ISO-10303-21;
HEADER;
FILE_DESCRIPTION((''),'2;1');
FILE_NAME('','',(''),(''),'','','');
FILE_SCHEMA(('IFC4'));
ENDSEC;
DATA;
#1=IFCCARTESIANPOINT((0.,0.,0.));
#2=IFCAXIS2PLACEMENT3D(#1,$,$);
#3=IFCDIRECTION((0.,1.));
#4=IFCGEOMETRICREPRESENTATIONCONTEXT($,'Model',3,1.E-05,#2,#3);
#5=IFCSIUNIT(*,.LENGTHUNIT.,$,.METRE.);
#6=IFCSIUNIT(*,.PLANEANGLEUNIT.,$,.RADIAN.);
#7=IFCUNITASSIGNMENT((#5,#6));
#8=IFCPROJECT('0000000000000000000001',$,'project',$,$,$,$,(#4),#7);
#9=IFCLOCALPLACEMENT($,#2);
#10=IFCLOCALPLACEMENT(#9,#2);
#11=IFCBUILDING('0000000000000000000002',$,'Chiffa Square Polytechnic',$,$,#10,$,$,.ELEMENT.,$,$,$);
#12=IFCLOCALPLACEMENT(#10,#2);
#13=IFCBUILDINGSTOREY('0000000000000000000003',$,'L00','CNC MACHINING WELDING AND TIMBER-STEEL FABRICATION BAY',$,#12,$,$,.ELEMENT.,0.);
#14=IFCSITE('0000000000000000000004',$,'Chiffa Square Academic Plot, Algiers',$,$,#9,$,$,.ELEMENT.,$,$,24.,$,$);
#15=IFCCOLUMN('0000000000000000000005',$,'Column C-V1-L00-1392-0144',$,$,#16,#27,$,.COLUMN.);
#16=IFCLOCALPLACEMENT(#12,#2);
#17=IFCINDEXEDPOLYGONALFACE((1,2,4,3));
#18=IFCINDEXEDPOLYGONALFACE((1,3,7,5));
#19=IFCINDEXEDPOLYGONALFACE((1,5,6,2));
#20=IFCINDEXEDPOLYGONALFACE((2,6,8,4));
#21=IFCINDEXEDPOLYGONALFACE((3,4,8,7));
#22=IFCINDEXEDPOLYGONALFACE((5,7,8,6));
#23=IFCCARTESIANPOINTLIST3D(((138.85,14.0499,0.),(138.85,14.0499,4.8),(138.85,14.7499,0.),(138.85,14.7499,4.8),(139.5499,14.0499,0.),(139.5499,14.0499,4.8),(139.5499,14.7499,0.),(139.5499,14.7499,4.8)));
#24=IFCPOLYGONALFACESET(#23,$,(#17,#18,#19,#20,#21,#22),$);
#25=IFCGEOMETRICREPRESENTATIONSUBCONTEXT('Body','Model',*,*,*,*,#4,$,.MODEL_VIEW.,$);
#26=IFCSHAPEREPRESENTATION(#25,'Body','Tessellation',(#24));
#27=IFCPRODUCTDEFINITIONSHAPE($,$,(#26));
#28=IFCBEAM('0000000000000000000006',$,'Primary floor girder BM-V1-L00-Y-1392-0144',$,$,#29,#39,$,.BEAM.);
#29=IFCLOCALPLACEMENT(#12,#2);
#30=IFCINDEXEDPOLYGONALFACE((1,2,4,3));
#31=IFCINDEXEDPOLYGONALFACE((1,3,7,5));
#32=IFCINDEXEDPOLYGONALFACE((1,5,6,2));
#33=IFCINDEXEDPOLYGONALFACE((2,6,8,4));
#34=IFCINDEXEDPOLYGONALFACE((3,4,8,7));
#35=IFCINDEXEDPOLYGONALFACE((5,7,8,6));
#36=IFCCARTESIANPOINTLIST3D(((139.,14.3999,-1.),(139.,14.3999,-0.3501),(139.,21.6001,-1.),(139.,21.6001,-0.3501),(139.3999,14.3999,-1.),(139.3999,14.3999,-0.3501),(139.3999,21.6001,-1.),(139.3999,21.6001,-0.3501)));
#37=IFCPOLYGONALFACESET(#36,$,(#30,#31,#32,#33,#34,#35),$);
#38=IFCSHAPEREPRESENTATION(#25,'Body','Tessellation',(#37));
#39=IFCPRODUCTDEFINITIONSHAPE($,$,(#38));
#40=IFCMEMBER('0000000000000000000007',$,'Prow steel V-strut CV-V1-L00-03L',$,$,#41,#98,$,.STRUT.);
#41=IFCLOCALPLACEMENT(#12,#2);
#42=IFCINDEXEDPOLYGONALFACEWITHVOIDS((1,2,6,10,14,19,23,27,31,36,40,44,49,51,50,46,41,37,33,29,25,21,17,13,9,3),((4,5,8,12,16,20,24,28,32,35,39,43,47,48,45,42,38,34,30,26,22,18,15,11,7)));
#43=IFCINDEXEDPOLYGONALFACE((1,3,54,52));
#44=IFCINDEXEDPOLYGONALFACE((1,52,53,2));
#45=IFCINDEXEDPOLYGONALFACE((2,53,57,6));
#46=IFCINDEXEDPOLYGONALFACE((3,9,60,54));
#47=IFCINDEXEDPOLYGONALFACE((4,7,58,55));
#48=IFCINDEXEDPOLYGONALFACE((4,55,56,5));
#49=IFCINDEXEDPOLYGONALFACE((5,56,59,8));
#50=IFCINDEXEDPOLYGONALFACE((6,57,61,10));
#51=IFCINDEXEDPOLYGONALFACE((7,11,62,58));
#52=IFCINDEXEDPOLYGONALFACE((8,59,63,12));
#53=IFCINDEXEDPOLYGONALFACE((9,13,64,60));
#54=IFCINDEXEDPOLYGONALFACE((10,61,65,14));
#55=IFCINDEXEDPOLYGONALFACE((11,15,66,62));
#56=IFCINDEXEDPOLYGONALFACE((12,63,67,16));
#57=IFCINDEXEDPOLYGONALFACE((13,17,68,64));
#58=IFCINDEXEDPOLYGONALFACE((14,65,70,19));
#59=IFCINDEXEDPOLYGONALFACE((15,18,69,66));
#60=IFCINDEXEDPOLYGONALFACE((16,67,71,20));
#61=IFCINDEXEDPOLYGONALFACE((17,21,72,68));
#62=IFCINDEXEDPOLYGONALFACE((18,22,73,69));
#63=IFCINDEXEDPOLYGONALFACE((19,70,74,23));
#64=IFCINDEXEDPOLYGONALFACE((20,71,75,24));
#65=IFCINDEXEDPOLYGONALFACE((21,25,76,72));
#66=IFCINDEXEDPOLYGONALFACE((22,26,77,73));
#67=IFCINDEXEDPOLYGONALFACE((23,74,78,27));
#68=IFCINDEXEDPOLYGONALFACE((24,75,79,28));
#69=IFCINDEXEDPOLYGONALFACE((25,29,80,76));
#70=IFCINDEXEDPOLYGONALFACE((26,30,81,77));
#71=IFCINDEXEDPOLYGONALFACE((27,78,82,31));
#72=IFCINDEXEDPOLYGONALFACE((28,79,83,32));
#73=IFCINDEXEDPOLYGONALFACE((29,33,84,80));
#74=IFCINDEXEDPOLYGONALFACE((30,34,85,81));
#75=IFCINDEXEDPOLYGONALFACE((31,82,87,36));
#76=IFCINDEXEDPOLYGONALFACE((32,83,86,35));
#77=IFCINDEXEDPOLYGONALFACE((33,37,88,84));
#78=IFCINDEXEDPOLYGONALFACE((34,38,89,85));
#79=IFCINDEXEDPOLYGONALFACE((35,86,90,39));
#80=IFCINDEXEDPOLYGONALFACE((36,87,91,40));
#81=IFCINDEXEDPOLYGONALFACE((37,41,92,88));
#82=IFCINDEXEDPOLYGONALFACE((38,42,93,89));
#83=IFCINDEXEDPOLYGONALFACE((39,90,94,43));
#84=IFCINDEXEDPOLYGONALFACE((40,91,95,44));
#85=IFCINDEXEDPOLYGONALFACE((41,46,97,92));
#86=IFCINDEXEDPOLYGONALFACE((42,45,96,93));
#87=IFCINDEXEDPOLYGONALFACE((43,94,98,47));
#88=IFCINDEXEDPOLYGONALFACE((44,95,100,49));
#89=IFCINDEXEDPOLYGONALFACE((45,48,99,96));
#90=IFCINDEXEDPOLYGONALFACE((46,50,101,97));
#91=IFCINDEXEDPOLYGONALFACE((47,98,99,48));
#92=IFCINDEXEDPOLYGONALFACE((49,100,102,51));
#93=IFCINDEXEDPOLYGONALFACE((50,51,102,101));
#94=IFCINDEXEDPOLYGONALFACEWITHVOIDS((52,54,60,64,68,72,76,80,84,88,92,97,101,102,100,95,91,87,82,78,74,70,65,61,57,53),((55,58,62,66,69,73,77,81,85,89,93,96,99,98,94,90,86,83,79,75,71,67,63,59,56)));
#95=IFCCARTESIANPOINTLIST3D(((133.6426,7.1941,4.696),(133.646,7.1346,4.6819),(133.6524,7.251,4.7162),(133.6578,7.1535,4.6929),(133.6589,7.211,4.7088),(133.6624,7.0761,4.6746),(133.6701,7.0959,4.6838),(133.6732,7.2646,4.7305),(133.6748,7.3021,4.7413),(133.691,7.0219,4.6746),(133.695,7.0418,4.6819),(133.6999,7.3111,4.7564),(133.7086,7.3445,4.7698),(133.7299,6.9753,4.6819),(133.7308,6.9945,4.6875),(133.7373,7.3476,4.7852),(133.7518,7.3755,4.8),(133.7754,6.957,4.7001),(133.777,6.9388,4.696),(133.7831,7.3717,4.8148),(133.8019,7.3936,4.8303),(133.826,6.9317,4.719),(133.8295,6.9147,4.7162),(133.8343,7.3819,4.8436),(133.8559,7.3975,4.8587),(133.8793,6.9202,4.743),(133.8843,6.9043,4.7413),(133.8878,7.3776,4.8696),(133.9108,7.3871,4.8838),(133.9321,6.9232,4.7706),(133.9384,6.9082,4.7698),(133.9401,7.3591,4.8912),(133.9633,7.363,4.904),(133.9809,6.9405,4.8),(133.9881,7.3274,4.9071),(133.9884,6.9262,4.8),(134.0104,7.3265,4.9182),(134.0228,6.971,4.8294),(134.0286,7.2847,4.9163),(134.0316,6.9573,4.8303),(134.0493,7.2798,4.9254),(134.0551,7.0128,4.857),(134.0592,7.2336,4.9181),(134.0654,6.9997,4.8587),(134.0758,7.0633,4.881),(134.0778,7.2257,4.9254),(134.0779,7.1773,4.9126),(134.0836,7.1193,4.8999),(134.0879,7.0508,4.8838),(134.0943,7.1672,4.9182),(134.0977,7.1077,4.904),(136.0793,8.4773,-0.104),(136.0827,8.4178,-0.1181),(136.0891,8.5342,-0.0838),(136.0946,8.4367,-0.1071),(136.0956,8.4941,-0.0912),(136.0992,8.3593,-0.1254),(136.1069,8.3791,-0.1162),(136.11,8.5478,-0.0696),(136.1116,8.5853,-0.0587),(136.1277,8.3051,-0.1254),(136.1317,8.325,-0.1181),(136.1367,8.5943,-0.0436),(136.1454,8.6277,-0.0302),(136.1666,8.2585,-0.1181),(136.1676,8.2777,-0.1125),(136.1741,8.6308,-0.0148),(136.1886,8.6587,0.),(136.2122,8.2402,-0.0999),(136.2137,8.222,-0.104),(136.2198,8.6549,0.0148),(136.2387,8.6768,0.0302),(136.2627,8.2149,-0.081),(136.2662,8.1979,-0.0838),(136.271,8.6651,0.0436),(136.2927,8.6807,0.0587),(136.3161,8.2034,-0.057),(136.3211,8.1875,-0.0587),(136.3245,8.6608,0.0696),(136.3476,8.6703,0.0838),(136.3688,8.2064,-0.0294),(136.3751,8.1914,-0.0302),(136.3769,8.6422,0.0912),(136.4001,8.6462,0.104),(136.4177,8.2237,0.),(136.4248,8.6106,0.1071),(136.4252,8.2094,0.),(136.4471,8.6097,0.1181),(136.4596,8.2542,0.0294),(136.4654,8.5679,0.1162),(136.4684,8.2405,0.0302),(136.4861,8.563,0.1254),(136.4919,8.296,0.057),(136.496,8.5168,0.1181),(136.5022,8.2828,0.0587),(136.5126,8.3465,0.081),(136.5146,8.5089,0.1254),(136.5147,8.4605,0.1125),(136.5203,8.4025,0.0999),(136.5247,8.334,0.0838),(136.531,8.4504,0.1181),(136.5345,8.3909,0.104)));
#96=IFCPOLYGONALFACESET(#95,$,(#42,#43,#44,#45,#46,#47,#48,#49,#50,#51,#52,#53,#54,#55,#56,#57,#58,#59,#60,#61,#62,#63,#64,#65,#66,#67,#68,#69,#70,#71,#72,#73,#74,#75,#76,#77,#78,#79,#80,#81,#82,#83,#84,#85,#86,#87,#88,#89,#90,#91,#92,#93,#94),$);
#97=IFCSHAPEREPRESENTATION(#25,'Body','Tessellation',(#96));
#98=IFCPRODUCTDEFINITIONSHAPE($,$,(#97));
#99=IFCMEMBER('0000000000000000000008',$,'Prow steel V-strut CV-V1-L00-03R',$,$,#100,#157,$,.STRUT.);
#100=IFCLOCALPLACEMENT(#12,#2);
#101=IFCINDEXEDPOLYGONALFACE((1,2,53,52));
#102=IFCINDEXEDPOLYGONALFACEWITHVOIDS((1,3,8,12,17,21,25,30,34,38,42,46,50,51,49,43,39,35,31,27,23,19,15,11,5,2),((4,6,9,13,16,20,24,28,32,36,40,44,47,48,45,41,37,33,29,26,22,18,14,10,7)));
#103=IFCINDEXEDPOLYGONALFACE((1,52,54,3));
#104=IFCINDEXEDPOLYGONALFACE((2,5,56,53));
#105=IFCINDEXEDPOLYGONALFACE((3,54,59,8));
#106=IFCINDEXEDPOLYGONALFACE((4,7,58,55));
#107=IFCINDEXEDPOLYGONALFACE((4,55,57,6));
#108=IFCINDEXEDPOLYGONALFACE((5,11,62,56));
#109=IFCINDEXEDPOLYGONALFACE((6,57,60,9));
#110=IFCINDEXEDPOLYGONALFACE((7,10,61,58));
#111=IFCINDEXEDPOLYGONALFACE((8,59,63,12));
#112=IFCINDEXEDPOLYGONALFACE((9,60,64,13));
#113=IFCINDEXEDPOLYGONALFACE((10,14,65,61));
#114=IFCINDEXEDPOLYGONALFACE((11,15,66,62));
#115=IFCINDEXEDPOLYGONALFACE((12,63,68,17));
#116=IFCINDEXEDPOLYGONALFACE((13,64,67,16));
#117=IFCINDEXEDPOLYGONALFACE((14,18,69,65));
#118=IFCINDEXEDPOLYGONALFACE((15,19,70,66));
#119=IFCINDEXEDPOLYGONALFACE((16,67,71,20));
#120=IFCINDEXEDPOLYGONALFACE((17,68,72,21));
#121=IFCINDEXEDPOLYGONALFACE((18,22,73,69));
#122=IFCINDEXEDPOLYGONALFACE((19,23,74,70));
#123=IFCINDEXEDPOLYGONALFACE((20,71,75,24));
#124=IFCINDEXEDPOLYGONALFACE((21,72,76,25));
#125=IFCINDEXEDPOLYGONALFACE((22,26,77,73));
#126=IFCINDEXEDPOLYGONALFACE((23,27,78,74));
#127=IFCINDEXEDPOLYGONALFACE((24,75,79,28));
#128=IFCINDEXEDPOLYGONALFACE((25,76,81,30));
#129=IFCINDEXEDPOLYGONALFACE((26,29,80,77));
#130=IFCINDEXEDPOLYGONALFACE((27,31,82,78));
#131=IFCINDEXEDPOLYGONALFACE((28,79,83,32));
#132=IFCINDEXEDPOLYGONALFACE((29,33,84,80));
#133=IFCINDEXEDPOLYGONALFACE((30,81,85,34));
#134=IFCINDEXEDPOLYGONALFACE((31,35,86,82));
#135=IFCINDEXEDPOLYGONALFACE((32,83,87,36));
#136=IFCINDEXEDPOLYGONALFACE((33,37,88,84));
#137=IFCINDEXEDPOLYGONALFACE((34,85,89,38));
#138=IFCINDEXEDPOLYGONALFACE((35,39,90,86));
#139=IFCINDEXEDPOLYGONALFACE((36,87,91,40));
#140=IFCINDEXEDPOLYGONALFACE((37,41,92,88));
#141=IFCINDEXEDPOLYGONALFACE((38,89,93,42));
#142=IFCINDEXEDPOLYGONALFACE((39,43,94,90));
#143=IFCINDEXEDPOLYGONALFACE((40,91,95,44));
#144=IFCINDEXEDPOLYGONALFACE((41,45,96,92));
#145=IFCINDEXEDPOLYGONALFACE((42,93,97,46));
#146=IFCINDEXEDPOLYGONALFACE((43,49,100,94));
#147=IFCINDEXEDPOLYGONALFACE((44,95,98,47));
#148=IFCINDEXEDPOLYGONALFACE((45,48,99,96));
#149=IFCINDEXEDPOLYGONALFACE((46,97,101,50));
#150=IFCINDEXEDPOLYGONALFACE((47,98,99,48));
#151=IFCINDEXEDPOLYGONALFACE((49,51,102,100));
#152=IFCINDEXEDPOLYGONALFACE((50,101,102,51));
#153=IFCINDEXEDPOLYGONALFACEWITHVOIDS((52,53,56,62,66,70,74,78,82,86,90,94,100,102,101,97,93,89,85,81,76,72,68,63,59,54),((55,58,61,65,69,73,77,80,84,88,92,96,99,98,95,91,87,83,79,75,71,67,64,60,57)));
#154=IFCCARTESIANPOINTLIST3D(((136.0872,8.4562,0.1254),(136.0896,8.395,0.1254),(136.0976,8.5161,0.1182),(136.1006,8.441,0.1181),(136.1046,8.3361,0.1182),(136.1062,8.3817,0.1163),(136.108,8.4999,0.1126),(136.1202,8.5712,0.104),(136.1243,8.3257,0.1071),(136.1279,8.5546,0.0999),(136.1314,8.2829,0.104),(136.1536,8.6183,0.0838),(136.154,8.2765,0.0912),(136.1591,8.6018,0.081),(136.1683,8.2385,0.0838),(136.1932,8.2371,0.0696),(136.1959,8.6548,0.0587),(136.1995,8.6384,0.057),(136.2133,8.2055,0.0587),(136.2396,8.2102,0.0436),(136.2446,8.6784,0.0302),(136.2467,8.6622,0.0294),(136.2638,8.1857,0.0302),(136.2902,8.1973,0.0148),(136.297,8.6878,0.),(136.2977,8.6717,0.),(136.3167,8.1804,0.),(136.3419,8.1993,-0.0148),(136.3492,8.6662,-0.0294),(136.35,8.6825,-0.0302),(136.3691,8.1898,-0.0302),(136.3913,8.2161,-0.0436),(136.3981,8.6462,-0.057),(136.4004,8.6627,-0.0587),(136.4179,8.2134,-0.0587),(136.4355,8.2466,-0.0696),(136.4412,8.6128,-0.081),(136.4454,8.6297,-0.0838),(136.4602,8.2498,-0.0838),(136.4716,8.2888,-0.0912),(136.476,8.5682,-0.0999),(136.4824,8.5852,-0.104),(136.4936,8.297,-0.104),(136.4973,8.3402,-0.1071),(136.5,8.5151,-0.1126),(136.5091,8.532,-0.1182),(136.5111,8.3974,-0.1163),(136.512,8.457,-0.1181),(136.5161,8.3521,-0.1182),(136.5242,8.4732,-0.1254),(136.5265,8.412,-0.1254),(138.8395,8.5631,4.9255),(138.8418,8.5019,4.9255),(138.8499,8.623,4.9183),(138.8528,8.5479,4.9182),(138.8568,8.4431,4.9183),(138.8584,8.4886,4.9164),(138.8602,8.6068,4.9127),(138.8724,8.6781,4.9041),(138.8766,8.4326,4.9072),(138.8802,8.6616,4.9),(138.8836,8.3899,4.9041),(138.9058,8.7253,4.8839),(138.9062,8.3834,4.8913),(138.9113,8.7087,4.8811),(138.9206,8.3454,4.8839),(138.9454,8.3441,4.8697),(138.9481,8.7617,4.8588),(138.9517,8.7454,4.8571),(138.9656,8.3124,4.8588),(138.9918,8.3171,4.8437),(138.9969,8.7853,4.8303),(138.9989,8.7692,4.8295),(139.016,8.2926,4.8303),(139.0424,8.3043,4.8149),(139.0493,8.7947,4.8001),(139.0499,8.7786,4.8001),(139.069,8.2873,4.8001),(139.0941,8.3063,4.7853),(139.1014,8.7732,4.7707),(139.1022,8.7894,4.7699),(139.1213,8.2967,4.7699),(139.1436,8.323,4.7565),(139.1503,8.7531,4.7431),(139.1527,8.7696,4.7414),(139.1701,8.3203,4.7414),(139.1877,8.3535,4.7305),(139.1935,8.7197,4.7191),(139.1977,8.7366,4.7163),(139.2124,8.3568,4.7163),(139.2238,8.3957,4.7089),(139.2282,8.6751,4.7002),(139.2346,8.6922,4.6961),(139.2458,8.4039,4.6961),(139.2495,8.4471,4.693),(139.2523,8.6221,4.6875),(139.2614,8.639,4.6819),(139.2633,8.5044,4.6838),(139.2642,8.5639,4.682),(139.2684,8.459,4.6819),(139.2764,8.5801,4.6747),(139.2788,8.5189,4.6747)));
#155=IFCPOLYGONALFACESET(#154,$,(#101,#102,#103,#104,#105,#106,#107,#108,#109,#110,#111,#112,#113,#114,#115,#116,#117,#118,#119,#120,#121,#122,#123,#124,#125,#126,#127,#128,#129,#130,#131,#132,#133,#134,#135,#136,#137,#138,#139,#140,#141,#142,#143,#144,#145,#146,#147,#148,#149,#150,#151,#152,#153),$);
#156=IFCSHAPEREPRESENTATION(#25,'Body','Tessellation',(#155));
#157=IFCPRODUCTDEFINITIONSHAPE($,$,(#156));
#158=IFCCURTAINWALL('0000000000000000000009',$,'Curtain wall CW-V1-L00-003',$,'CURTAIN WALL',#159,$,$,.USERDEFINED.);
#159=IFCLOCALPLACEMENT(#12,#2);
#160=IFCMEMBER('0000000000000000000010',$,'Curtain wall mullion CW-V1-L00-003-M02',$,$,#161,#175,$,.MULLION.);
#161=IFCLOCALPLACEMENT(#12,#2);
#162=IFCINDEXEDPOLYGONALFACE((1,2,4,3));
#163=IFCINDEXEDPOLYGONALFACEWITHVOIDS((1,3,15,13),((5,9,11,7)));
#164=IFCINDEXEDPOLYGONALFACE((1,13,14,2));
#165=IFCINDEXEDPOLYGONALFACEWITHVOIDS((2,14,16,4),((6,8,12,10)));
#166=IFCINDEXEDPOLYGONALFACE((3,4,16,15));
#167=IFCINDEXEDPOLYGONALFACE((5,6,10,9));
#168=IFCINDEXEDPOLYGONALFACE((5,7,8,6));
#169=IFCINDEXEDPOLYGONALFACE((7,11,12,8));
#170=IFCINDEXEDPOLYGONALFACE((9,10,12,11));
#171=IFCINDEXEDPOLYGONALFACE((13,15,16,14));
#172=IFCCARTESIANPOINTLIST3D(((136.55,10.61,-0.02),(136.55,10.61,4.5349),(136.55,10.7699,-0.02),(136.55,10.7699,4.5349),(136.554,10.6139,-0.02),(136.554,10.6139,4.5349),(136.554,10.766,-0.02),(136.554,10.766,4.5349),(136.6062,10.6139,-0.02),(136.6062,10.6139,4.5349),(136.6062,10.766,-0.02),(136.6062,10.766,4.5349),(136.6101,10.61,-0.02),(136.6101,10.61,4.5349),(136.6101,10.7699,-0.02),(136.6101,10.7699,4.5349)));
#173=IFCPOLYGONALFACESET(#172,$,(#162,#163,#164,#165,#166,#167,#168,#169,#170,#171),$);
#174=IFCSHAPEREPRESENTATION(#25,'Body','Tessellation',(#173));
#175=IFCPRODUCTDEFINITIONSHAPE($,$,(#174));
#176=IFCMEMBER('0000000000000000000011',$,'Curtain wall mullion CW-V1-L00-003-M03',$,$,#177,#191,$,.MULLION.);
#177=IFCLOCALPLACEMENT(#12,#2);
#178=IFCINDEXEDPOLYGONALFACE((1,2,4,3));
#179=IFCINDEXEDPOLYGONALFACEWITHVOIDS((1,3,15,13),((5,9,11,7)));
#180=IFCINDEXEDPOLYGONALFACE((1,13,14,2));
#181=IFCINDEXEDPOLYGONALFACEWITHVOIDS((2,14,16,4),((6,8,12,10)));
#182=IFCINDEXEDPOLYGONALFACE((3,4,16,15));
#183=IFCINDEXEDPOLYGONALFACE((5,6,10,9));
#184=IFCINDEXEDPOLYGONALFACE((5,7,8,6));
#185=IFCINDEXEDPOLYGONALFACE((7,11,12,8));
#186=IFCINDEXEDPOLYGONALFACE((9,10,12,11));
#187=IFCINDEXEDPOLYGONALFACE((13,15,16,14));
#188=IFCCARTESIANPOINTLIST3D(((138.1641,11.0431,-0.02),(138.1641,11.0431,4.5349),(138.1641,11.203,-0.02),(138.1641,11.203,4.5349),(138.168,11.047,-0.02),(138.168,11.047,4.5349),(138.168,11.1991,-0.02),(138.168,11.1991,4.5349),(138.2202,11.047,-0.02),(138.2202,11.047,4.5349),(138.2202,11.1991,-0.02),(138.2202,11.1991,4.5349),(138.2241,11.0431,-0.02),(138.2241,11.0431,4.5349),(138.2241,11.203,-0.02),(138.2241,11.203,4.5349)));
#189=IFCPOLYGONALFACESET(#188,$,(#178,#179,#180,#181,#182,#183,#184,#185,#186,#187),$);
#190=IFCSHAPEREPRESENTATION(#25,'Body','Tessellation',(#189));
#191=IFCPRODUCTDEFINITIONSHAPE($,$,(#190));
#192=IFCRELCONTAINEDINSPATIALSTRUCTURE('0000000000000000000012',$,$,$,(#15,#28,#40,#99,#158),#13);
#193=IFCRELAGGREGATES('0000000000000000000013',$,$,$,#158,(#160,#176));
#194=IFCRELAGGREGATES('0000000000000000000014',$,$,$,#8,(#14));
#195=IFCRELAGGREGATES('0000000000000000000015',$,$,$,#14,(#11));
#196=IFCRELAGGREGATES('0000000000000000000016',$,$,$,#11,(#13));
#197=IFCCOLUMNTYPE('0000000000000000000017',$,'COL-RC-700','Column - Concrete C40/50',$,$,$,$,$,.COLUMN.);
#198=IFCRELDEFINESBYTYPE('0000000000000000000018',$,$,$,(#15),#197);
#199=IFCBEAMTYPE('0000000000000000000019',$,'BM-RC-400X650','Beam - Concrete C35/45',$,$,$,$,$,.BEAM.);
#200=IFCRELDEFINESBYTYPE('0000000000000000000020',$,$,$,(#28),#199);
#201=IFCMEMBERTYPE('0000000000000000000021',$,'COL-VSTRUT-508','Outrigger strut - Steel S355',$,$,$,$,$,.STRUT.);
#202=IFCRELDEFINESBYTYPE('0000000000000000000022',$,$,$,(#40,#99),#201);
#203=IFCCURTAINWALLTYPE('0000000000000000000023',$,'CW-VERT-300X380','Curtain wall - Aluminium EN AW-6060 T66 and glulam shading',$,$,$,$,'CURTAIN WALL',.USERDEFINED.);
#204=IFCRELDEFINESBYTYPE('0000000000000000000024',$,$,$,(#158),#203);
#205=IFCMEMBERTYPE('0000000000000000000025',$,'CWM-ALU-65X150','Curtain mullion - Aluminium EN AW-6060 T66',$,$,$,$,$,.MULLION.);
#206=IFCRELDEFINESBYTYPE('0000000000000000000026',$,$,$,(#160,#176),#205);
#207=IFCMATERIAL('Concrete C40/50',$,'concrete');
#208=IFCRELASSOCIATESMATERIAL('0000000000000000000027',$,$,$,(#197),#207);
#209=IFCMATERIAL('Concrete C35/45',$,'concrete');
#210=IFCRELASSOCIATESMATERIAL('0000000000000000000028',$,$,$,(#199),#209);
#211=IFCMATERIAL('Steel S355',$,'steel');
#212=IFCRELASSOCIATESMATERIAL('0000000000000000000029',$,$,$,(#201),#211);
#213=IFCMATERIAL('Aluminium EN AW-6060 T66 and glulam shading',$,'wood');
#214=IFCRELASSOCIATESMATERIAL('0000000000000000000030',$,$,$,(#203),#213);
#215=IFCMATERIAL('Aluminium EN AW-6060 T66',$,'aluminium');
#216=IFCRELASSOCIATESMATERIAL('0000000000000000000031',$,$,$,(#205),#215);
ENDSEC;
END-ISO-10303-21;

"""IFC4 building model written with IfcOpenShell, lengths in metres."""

from ifc_helpers import new_model, si_unit, direction, frame, origin, origin_2d, place, context, subcontext, project, spatial, rectangle, hollow_rectangle, hollow_circle, extrude, material, material_profile, profile_set, type_object, element, aggregate, save


model = new_model("IFC4")

# Units and contexts
model_context = context("Model", 3, precision=1e-05, world=origin(), true_north=direction((0.0, 1.0)))
body_context = subcontext(model_context, "Body", "Model", "MODEL_VIEW")
ifc_project = project(units=[si_unit("LENGTHUNIT", "METRE"), si_unit("PLANEANGLEUNIT", "RADIAN")], contexts=[model_context])

# Site, building, storey
site_placement = place(None, origin())
site = spatial("IfcSite", under=ifc_project, at=site_placement, Name="Chiffa Square Academic Plot, Algiers", CompositionType="ELEMENT", RefElevation=24.0)
building_placement = place(site_placement, origin())
building = spatial("IfcBuilding", under=site, at=building_placement, Name="Chiffa Square Polytechnic", CompositionType="ELEMENT")
storey_placement = place(building_placement, origin())
storey = spatial("IfcBuildingStorey", under=building, at=storey_placement, Name="L00", Description="CNC MACHINING WELDING AND TIMBER-STEEL FABRICATION BAY", CompositionType="ELEMENT", Elevation=0.0)

# Column
ifc_material_1 = material(Name="Concrete C40/50", Category="concrete")
ifc_material_profile_1 = material_profile(ifc_material_1, rectangle(XDim=0.7, YDim=0.7, at=origin_2d()), Name="RC 700x700")
ifc_profile_set_1 = profile_set([ifc_material_profile_1], Name="Concrete C40/50")
column_type = type_object("IfcColumnType", Name="COL-RC-700", Description="Column - Concrete C40/50", PredefinedType="COLUMN", material=ifc_profile_set_1)
column_placement = place(storey_placement, frame((139.2, 14.3999, 0.0), z_axis=(0.0, 0.0, 1.0), x_axis=(1.0, 0.0, 0.0)))
element("IfcColumn", 1, at=column_placement, inside=storey, type_object=column_type, Name="Column C-V1-L00-1392-0144", PredefinedType="COLUMN", context=body_context, shape_type="SweptSolid", body=[
    extrude(rectangle(XDim=0.7, YDim=0.7, at=origin_2d()), origin(), (0.0, 0.0, 1.0), 4.8),
])

# Beam
ifc_material_2 = material(Name="Concrete C35/45", Category="concrete")
ifc_material_profile_2 = material_profile(ifc_material_2, rectangle(XDim=0.3999, YDim=0.6499, at=origin_2d()), Name="RC 400x650")
ifc_profile_set_2 = profile_set([ifc_material_profile_2], Name="Concrete C35/45")
beam_type = type_object("IfcBeamType", Name="BM-RC-400X650", Description="Beam - Concrete C35/45", PredefinedType="BEAM", material=ifc_profile_set_2)
beam_placement = place(storey_placement, frame((139.2, 14.3999, -0.675), z_axis=(0.0, 1.0, 0.0), x_axis=(-1.0, 0.0, 0.0)))
element("IfcBeam", 2, at=beam_placement, inside=storey, type_object=beam_type, Name="Primary floor girder BM-V1-L00-Y-1392-0144", PredefinedType="BEAM", context=body_context, shape_type="SweptSolid", body=[
    extrude(rectangle(XDim=0.3999, YDim=0.6499, at=origin_2d()), origin(), (0.0, 0.0, 1.0), 7.2002),
])

# Members
ifc_material_3 = material(Name="Steel S355", Category="steel")
ifc_material_profile_3 = material_profile(ifc_material_3, hollow_circle(Radius=0.2539, WallThickness=0.0161, at=origin_2d()), Name="CHS 508x16")
ifc_profile_set_3 = profile_set([ifc_material_profile_3], Name="Steel S355")
member_type_1 = type_object("IfcMemberType", Name="COL-VSTRUT-508", Description="Outrigger strut - Steel S355", PredefinedType="STRUT", material=ifc_profile_set_3)
member_1_placement = place(storey_placement, frame((136.3069, 8.4341, 0.0), z_axis=(-0.440328, -0.231877, 0.867378), x_axis=(0.465944, -0.884814, 0.0)))
element("IfcMember", 3, at=member_1_placement, inside=storey, type_object=member_type_1, Name="Prow steel V-strut CV-V1-L00-03L", PredefinedType="STRUT", context=body_context, shape_type="SweptSolid", body=[
    extrude(hollow_circle(Radius=0.2539, WallThickness=0.0161, at=origin_2d()), origin(), (0.0, 0.0, 1.0), 5.5339),
])
member_2_placement = place(storey_placement, frame((136.3069, 8.4341, 0.0), z_axis=(0.497314, 0.019323, 0.867355), x_axis=(-0.038825, 0.999246, 0.0)))
element("IfcMember", 4, at=member_2_placement, inside=storey, type_object=member_type_1, Name="Prow steel V-strut CV-V1-L00-03R", PredefinedType="STRUT", context=body_context, shape_type="SweptSolid", body=[
    extrude(hollow_circle(Radius=0.2539, WallThickness=0.0161, at=origin_2d()), origin(), (0.0, 0.0, 1.0), 5.5342),
])

# Curtain wall, members
ifc_material_4 = material(Name="Aluminium EN AW-6060 T66 and glulam shading", Category="wood")
curtain_wall_type = type_object("IfcCurtainWallType", Name="CW-VERT-300X380", Description="Curtain wall - Aluminium EN AW-6060 T66 and glulam shading", ElementType="CURTAIN WALL", PredefinedType="USERDEFINED", material=ifc_material_4)
curtain_wall_placement = place(storey_placement, origin())
curtain_wall = element("IfcCurtainWall", 5, at=curtain_wall_placement, inside=storey, type_object=curtain_wall_type, Name="Curtain wall CW-V1-L00-003", ObjectType="CURTAIN WALL", PredefinedType="USERDEFINED")
ifc_material_5 = material(Name="Aluminium EN AW-6060 T66", Category="aluminium")
ifc_material_profile_4 = material_profile(ifc_material_5, hollow_rectangle(XDim=0.0601, YDim=0.1599, WallThickness=0.0039, at=origin_2d()), Name="ALU 60x160x4")
ifc_profile_set_4 = profile_set([ifc_material_profile_4], Name="Aluminium EN AW-6060 T66")
member_type_2 = type_object("IfcMemberType", Name="CWM-ALU-65X150", Description="Curtain mullion - Aluminium EN AW-6060 T66", PredefinedType="MULLION", material=ifc_profile_set_4)
member_3_placement = place(storey_placement, frame((136.5801, 10.6899, -0.02), z_axis=(0.0, 0.0, 1.0), x_axis=(1.0, 0.0, 0.0)))
member_3 = element("IfcMember", 6, at=member_3_placement, type_object=member_type_2, Name="Curtain wall mullion CW-V1-L00-003-M02", PredefinedType="MULLION", context=body_context, shape_type="SweptSolid", body=[
    extrude(hollow_rectangle(XDim=0.0601, YDim=0.1599, WallThickness=0.0039, at=origin_2d()), origin(), (0.0, 0.0, 1.0), 4.5549),
])
member_4_placement = place(storey_placement, frame((138.1941, 11.123, -0.02), z_axis=(0.0, 0.0, 1.0), x_axis=(1.0, 0.0, 0.0)))
member_4 = element("IfcMember", 7, at=member_4_placement, type_object=member_type_2, Name="Curtain wall mullion CW-V1-L00-003-M03", PredefinedType="MULLION", context=body_context, shape_type="SweptSolid", body=[
    extrude(hollow_rectangle(XDim=0.0601, YDim=0.1599, WallThickness=0.0039, at=origin_2d()), origin(), (0.0, 0.0, 1.0), 4.5549),
])
aggregate(curtain_wall, [member_3, member_4])

save(model, "model.ifc")
